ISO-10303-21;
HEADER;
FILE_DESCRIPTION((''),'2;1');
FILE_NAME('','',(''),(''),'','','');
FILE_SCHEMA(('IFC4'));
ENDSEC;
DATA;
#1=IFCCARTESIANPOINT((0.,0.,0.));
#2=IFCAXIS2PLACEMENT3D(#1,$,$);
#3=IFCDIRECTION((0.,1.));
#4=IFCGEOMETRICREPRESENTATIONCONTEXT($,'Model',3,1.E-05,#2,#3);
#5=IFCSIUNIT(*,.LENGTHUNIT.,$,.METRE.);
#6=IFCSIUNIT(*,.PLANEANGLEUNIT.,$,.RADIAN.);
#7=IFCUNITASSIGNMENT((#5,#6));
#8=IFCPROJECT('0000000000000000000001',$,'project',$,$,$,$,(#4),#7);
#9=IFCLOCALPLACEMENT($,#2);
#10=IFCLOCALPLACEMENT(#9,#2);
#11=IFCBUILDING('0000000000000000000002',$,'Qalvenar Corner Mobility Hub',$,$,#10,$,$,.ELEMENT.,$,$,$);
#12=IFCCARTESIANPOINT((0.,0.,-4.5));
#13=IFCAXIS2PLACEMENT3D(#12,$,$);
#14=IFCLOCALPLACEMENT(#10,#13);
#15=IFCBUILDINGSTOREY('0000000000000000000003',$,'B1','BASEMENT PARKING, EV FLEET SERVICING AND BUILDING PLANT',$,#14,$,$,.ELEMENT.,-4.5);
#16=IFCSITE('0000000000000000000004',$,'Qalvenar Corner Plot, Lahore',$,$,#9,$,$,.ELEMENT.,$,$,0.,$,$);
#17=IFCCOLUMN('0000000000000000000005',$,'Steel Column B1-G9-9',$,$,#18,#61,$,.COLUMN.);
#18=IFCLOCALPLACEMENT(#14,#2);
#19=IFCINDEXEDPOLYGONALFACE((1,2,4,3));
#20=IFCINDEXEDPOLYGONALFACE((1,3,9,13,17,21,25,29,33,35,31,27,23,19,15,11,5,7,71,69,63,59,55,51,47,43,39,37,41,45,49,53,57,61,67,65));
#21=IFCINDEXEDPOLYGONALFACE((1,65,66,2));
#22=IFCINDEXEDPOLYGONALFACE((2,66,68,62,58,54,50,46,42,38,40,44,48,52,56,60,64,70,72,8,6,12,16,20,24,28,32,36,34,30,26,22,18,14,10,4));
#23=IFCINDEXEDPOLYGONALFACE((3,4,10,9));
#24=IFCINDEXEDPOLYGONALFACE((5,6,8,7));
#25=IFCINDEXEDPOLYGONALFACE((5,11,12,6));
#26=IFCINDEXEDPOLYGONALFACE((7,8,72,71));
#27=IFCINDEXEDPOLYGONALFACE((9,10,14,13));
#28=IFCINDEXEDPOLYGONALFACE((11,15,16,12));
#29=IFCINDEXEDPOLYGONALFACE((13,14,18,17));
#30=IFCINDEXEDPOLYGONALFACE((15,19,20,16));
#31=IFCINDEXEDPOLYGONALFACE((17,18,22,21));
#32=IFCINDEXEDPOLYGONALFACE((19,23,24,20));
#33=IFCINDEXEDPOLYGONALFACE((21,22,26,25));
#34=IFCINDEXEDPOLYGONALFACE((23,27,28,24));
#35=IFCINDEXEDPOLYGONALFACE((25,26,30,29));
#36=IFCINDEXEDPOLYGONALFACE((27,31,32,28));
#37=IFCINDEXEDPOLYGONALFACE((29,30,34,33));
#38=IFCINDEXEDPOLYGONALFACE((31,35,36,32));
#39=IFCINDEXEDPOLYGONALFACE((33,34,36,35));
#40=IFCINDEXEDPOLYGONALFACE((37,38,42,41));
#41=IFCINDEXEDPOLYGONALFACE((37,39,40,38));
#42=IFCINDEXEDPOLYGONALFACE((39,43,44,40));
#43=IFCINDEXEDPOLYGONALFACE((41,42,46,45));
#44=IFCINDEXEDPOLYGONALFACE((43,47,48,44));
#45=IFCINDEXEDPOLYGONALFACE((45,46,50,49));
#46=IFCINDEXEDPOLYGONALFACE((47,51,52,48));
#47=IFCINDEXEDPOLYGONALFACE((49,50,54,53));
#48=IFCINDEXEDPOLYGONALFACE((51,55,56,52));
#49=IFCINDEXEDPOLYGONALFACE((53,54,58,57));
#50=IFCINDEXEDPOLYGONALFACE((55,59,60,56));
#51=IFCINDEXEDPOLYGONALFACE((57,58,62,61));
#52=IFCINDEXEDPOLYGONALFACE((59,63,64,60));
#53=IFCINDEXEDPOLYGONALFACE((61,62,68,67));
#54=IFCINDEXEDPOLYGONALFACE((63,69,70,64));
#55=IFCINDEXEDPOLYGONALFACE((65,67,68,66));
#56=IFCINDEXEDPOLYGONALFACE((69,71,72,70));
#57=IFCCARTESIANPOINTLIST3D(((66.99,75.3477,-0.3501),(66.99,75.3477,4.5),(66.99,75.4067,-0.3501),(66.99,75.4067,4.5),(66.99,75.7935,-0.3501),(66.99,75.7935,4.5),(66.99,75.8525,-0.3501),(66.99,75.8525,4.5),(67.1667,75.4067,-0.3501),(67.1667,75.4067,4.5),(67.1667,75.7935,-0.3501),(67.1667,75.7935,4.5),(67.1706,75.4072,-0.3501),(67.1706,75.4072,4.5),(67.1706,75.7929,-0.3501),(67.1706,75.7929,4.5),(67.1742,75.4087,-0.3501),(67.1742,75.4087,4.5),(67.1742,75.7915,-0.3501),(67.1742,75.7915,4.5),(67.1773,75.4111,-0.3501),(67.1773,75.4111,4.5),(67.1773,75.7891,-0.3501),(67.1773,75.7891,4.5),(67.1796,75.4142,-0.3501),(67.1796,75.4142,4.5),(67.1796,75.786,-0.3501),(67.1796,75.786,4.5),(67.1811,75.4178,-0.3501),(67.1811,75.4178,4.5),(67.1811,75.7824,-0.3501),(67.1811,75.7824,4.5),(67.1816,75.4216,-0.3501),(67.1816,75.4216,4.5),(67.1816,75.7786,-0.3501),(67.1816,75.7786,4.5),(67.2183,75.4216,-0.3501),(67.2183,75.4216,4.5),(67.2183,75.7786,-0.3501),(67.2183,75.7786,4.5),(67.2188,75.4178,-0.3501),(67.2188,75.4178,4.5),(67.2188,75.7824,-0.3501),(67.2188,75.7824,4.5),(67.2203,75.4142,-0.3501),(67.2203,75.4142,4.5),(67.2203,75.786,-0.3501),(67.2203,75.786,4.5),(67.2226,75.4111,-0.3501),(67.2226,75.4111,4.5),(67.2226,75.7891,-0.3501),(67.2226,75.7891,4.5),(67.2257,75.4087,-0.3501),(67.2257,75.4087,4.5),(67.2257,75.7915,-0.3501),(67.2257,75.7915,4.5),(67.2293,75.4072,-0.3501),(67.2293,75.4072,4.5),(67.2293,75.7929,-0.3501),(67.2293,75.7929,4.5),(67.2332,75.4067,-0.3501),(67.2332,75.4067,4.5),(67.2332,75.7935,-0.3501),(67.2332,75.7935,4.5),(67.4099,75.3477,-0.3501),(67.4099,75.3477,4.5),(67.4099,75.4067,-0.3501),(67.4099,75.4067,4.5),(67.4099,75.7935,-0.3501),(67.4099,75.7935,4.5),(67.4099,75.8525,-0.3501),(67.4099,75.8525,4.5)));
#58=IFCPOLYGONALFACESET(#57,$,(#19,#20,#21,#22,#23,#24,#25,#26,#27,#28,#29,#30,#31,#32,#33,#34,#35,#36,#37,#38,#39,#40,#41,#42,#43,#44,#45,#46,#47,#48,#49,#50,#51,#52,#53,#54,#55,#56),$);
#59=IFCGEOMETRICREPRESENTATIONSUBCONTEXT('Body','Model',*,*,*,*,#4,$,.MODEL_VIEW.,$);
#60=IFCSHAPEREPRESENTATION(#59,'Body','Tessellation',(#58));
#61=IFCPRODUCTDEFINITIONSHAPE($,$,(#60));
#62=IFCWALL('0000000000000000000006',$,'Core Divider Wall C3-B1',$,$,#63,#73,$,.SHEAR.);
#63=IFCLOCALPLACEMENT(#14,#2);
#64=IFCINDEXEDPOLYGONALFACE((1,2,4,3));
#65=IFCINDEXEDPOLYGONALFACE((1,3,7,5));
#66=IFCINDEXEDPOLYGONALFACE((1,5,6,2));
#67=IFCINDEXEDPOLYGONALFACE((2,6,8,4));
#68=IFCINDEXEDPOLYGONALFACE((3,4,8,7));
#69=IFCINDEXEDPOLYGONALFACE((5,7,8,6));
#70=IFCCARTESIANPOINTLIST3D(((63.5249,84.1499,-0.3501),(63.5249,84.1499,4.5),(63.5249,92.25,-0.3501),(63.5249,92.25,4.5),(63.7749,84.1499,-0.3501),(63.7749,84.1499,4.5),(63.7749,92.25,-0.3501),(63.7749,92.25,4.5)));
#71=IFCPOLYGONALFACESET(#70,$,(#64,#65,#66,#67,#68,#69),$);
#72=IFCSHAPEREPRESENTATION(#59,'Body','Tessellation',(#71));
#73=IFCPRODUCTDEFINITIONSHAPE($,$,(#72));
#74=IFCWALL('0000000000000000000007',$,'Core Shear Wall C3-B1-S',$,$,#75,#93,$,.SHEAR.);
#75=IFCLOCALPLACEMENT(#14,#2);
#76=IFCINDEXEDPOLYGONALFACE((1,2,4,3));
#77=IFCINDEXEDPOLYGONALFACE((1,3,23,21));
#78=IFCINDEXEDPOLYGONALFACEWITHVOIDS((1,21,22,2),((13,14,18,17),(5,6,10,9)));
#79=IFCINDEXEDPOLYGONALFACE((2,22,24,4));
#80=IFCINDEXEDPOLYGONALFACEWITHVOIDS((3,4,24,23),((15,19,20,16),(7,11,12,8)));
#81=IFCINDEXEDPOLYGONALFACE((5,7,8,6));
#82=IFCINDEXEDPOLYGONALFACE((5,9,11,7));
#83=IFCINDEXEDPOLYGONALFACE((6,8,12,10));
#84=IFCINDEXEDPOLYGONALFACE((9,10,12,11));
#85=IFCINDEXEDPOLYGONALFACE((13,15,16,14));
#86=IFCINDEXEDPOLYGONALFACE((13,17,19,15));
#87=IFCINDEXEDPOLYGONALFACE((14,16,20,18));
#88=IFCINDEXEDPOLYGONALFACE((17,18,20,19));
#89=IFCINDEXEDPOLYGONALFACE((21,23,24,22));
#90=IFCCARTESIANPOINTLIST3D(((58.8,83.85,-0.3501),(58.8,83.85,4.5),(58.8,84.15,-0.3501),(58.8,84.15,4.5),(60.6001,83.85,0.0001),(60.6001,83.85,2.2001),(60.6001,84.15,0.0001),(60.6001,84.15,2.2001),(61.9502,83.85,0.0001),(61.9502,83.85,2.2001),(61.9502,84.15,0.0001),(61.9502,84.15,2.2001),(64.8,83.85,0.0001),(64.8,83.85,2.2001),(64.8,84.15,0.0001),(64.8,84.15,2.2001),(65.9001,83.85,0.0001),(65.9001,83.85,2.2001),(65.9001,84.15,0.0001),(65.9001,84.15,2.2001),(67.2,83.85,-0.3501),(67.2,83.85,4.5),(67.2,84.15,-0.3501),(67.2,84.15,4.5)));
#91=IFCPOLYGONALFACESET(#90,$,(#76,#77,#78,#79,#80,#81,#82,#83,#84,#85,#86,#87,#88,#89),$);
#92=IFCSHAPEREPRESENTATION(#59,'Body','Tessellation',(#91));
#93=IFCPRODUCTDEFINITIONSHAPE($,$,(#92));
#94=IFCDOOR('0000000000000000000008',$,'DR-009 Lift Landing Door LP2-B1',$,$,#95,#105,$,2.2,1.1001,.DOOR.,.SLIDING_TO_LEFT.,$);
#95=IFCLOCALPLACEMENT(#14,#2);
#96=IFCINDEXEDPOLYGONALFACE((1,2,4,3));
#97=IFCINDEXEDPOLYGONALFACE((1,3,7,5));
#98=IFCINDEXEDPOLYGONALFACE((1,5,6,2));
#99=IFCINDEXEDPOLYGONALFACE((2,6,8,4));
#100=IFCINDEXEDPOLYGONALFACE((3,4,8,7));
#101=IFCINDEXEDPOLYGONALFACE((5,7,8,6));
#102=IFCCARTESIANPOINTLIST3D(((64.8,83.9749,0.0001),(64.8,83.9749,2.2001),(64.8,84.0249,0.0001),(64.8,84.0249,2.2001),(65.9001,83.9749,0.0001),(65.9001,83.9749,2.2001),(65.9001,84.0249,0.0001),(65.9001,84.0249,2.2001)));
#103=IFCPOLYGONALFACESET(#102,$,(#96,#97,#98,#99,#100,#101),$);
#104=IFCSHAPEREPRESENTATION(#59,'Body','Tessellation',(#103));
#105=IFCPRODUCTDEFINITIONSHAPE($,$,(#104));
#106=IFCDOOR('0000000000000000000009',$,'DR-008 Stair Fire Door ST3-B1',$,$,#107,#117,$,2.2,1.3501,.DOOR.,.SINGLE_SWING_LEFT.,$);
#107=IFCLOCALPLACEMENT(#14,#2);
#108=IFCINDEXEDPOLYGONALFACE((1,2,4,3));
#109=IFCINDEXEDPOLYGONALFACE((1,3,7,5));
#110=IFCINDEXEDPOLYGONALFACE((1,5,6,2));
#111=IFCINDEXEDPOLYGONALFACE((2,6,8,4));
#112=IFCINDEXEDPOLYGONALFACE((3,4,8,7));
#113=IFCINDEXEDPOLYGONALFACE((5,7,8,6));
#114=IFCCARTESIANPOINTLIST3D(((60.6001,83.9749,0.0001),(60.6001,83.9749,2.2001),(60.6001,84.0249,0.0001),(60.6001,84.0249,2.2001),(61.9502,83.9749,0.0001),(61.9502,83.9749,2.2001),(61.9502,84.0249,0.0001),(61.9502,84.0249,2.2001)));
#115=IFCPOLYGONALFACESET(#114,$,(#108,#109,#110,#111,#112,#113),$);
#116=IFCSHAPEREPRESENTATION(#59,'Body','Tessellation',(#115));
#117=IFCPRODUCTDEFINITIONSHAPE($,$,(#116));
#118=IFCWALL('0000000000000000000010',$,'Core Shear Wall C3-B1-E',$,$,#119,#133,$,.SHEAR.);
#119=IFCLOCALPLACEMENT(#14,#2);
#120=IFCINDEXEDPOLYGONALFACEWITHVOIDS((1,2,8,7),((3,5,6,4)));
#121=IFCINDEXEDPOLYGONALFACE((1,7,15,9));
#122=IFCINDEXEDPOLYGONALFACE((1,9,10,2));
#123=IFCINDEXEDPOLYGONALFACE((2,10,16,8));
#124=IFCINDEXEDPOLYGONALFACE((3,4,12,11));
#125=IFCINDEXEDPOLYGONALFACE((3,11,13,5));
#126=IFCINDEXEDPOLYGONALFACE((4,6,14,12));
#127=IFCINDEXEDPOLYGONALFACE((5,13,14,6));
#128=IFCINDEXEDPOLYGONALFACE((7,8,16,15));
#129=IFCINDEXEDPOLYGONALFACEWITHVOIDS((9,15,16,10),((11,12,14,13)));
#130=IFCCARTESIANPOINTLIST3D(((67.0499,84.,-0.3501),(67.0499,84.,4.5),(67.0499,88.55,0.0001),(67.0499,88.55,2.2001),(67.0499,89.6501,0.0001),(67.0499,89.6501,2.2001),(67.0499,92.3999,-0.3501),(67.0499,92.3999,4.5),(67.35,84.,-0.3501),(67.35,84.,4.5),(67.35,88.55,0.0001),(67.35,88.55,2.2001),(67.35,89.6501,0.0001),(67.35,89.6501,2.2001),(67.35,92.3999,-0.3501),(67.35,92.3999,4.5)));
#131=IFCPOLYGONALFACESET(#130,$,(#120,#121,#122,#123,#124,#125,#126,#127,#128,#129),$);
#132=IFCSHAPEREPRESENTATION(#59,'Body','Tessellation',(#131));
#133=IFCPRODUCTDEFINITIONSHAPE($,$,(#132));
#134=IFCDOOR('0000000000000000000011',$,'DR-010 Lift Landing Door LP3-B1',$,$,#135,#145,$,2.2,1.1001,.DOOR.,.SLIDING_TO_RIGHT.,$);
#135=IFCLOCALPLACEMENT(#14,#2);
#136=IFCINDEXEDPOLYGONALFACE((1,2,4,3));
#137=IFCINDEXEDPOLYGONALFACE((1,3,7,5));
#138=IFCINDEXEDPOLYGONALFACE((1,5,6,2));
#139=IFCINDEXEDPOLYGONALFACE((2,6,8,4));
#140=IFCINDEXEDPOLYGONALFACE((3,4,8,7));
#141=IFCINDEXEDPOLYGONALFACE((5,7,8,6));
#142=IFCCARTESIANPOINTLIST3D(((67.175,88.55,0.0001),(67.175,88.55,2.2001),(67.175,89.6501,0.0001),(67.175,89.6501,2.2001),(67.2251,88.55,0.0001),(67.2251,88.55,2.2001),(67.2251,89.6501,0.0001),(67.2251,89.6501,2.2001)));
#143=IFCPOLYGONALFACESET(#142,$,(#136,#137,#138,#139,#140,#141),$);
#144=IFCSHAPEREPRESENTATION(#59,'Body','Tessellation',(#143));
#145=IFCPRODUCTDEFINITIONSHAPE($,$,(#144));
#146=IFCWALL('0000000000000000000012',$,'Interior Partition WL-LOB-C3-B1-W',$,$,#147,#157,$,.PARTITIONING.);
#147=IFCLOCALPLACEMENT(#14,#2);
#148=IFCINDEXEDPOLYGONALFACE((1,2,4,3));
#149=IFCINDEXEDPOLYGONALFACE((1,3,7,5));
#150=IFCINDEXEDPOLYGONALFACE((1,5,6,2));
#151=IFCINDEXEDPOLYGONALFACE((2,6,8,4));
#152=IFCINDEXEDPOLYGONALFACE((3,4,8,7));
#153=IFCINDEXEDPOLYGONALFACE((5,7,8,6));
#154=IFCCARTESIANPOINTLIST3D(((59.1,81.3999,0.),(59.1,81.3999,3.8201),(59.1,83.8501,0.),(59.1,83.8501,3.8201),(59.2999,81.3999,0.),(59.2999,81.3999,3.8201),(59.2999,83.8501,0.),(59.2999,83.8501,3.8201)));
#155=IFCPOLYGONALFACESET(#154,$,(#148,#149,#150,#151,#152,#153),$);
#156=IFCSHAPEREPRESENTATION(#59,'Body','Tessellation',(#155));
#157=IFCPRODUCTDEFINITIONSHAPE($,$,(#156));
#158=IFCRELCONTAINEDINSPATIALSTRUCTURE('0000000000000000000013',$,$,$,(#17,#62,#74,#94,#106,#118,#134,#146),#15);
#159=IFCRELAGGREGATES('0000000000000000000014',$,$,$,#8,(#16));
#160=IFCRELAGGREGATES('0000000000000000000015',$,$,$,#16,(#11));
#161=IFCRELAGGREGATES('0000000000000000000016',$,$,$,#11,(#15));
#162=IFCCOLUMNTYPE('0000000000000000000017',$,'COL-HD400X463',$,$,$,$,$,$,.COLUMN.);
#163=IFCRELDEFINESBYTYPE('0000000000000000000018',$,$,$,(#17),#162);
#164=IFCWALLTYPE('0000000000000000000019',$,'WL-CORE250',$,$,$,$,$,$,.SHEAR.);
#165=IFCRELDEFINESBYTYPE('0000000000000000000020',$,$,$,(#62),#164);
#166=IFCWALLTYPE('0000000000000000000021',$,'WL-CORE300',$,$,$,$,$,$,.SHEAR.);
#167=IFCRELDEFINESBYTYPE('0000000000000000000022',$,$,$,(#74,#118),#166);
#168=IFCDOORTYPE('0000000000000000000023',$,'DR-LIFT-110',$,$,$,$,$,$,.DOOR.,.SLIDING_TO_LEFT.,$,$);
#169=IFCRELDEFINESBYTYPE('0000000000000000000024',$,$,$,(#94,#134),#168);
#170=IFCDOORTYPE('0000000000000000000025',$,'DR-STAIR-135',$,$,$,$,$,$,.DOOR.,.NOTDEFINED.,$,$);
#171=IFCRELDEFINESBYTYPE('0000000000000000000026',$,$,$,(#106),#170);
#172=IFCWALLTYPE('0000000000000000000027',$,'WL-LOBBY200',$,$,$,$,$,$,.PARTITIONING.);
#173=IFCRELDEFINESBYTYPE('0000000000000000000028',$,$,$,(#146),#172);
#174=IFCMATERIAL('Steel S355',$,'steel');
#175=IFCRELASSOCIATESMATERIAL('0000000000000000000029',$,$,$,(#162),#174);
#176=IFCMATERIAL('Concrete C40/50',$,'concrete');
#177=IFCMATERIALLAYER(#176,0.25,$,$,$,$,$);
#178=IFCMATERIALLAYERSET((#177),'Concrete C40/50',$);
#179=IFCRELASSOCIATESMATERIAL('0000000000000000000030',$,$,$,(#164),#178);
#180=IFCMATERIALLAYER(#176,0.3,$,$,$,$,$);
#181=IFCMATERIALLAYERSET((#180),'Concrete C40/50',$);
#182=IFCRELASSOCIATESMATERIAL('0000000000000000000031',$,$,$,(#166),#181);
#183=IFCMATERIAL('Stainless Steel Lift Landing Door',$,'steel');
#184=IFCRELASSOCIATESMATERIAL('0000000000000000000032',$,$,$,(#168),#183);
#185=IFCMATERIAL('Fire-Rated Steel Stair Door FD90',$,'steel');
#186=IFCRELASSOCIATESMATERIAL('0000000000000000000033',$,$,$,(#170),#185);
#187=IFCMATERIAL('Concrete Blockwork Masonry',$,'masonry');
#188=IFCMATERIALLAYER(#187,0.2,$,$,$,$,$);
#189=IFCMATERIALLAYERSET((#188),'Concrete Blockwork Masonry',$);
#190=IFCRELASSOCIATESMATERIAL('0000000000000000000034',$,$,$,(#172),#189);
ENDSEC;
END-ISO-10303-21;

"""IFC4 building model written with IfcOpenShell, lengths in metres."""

from ifc_helpers import new_model, si_unit, direction, frame, frame_2d, origin, origin_2d, place, context, subcontext, project, spatial, rectangle, i_section, extrude, material, layer, layer_set, material_profile, profile_set, type_object, element, fill, save


model = new_model("IFC4")

# Units and contexts
model_context = context("Model", 3, precision=1e-05, world=origin(), true_north=direction((0.0, 1.0)))
body_context = subcontext(model_context, "Body", "Model", "MODEL_VIEW")
ifc_project = project(units=[si_unit("LENGTHUNIT", "METRE"), si_unit("PLANEANGLEUNIT", "RADIAN")], contexts=[model_context])

# Site, building, storey
site_placement = place(None, origin())
site = spatial("IfcSite", under=ifc_project, at=site_placement, Name="Qalvenar Corner Plot, Lahore", CompositionType="ELEMENT", RefElevation=0.0)
building_placement = place(site_placement, origin())
building = spatial("IfcBuilding", under=site, at=building_placement, Name="Qalvenar Corner Mobility Hub", CompositionType="ELEMENT")
storey_placement = place(building_placement, frame((0.0, 0.0, -4.5)))
storey = spatial("IfcBuildingStorey", under=building, at=storey_placement, Name="B1", Description="BASEMENT PARKING, EV FLEET SERVICING AND BUILDING PLANT", CompositionType="ELEMENT", Elevation=-4.5)

# Shared definitions
ifc_material_1 = material(Name="Concrete C40/50", Category="concrete")

# Column
ifc_material_2 = material(Name="Steel S355", Category="steel")
ifc_material_profile_1 = material_profile(ifc_material_2, i_section(OverallWidth=0.4199, OverallDepth=0.5049, WebThickness=0.0366, FlangeThickness=0.0591, FilletRadius=0.0149, at=origin_2d()), Name="HD400x551")
ifc_profile_set_1 = profile_set([ifc_material_profile_1], Name="Steel S355")
column_type_1 = type_object("IfcColumnType", Name="COL-HD400X463", PredefinedType="COLUMN", material=ifc_profile_set_1)
column_1_placement = place(storey_placement, frame((67.2, 75.6001, -0.3501), z_axis=(0.0, 0.0, 1.0), x_axis=(1.0, 0.0, 0.0)))
element("IfcColumn", 1, at=column_1_placement, inside=storey, type_object=column_type_1, Name="Steel Column B1-G9-9", PredefinedType="COLUMN", context=body_context, shape_type="SweptSolid", body=[
    extrude(i_section(OverallWidth=0.4199, OverallDepth=0.5049, WebThickness=0.0366, FlangeThickness=0.0591, FilletRadius=0.0149, at=origin_2d()), origin(), (0.0, 0.0, 1.0), 4.8501),
])

# Wall
ifc_layer_1 = layer(ifc_material_1, 0.25)
ifc_layer_set_1 = layer_set([ifc_layer_1], Name="Concrete C40/50")
wall_type_1 = type_object("IfcWallType", Name="WL-CORE250", PredefinedType="SHEAR", material=ifc_layer_set_1)
wall_1_placement = place(storey_placement, frame((63.6499, 84.1499, -0.3501), z_axis=(0.0, 0.0, 1.0), x_axis=(0.0, 1.0, 0.0)))
element("IfcWall", 2, at=wall_1_placement, inside=storey, type_object=wall_type_1, Name="Core Divider Wall C3-B1", PredefinedType="SHEAR", context=body_context, shape_type="SweptSolid", body=[
    extrude(rectangle(XDim=8.1001, YDim=0.25, at=frame_2d((4.05, 0.0))), origin(), (0.0, 0.0, 1.0), 4.8501),
])

# Wall, openings, doors
ifc_layer_2 = layer(ifc_material_1, 0.3)
ifc_layer_set_2 = layer_set([ifc_layer_2], Name="Concrete C40/50")
wall_type_2 = type_object("IfcWallType", Name="WL-CORE300", PredefinedType="SHEAR", material=ifc_layer_set_2)
wall_2_placement = place(storey_placement, frame((58.8, 84.0, -0.3501), z_axis=(0.0, 0.0, 1.0), x_axis=(1.0, 0.0, 0.0)))
wall_2 = element("IfcWall", 3, at=wall_2_placement, inside=storey, type_object=wall_type_2, Name="Core Shear Wall C3-B1-S", PredefinedType="SHEAR", context=body_context, shape_type="SweptSolid", body=[
    extrude(rectangle(XDim=8.3999, YDim=0.3, at=frame_2d((4.2, 0.0))), origin(), (0.0, 0.0, 1.0), 4.8501),
])
opening_1_placement = place(wall_2_placement, frame((1.8, 0.0, 0.3501)))
opening_1 = element("IfcOpeningElement", 4, at=opening_1_placement, cuts=wall_2, PredefinedType="OPENING", context=body_context, shape_type="SweptSolid", body=[
    extrude(rectangle(XDim=1.3501, YDim=2.2, at=frame_2d((0.675, 1.1001))), frame((0.0, 0.1602, 0.0), z_axis=(0.0, -1.0, 0.0), x_axis=(1.0, 0.0, 0.0)), (0.0, 0.0, 1.0), 0.3201),
])
opening_2_placement = place(wall_2_placement, frame((6.0, 0.0, 0.3501)))
opening_2 = element("IfcOpeningElement", 5, at=opening_2_placement, cuts=wall_2, PredefinedType="OPENING", context=body_context, shape_type="SweptSolid", body=[
    extrude(rectangle(XDim=1.1001, YDim=2.2, at=frame_2d((0.55, 1.1001))), frame((0.0, 0.1602, 0.0), z_axis=(0.0, -1.0, 0.0), x_axis=(1.0, 0.0, 0.0)), (0.0, 0.0, 1.0), 0.3201),
])
ifc_material_3 = material(Name="Stainless Steel Lift Landing Door", Category="steel")
door_type_1 = type_object("IfcDoorType", Name="DR-LIFT-110", OperationType="SLIDING_TO_LEFT", PredefinedType="DOOR", material=ifc_material_3)
door_1_placement = place(opening_2_placement, origin())
door_1 = element("IfcDoor", 6, at=door_1_placement, inside=storey, type_object=door_type_1, Name="DR-009 Lift Landing Door LP2-B1", OperationType="SLIDING_TO_LEFT", OverallHeight=2.2, OverallWidth=1.1001, PredefinedType="DOOR", context=body_context, shape_type="SweptSolid", body=[
    extrude(rectangle(XDim=1.1001, YDim=2.2, at=frame_2d((0.55, 1.1001))), frame((0.0, 0.0249, 0.0), z_axis=(0.0, -1.0, 0.0), x_axis=(1.0, 0.0, 0.0)), (0.0, 0.0, 1.0), 0.05),
])
fill(opening_2, door_1)
ifc_material_4 = material(Name="Fire-Rated Steel Stair Door FD90", Category="steel")
door_type_2 = type_object("IfcDoorType", Name="DR-STAIR-135", OperationType="NOTDEFINED", PredefinedType="DOOR", material=ifc_material_4)
door_2_placement = place(opening_1_placement, origin())
door_2 = element("IfcDoor", 7, at=door_2_placement, inside=storey, type_object=door_type_2, Name="DR-008 Stair Fire Door ST3-B1", OperationType="SINGLE_SWING_LEFT", OverallHeight=2.2, OverallWidth=1.3501, PredefinedType="DOOR", context=body_context, shape_type="SweptSolid", body=[
    extrude(rectangle(XDim=1.3501, YDim=2.2, at=frame_2d((0.675, 1.1001))), frame((0.0, 0.0249, 0.0), z_axis=(0.0, -1.0, 0.0), x_axis=(1.0, 0.0, 0.0)), (0.0, 0.0, 1.0), 0.05),
])
fill(opening_1, door_2)

# Wall, opening, door
wall_3_placement = place(storey_placement, frame((67.2, 84.0, -0.3501), z_axis=(0.0, 0.0, 1.0), x_axis=(0.0, 1.0, 0.0)))
wall_3 = element("IfcWall", 8, at=wall_3_placement, inside=storey, type_object=wall_type_2, Name="Core Shear Wall C3-B1-E", PredefinedType="SHEAR", context=body_context, shape_type="SweptSolid", body=[
    extrude(rectangle(XDim=8.3999, YDim=0.3, at=frame_2d((4.2, 0.0))), origin(), (0.0, 0.0, 1.0), 4.8501),
])
opening_3_placement = place(wall_3_placement, frame((4.55, 0.0, 0.3501)))
opening_3 = element("IfcOpeningElement", 9, at=opening_3_placement, cuts=wall_3, PredefinedType="OPENING", context=body_context, shape_type="SweptSolid", body=[
    extrude(rectangle(XDim=1.1001, YDim=2.2, at=frame_2d((0.55, 1.1001))), frame((0.0, 0.1602, 0.0), z_axis=(0.0, -1.0, 0.0), x_axis=(1.0, 0.0, 0.0)), (0.0, 0.0, 1.0), 0.3201),
])
door_3_placement = place(opening_3_placement, origin())
door_3 = element("IfcDoor", 10, at=door_3_placement, inside=storey, type_object=door_type_1, Name="DR-010 Lift Landing Door LP3-B1", OperationType="SLIDING_TO_RIGHT", OverallHeight=2.2, OverallWidth=1.1001, PredefinedType="DOOR", context=body_context, shape_type="SweptSolid", body=[
    extrude(rectangle(XDim=1.1001, YDim=2.2, at=frame_2d((0.55, 1.1001))), frame((0.0, 0.0249, 0.0), z_axis=(0.0, -1.0, 0.0), x_axis=(1.0, 0.0, 0.0)), (0.0, 0.0, 1.0), 0.05),
])
fill(opening_3, door_3)

# Wall
ifc_material_5 = material(Name="Concrete Blockwork Masonry", Category="masonry")
ifc_layer_3 = layer(ifc_material_5, 0.2)
ifc_layer_set_3 = layer_set([ifc_layer_3], Name="Concrete Blockwork Masonry")
wall_type_3 = type_object("IfcWallType", Name="WL-LOBBY200", PredefinedType="PARTITIONING", material=ifc_layer_set_3)
wall_4_placement = place(storey_placement, frame((59.2, 81.3999, 0.0), z_axis=(0.0, 0.0, 1.0), x_axis=(0.0, 1.0, 0.0)))
element("IfcWall", 11, at=wall_4_placement, inside=storey, type_object=wall_type_3, Name="Interior Partition WL-LOB-C3-B1-W", PredefinedType="PARTITIONING", context=body_context, shape_type="SweptSolid", body=[
    extrude(rectangle(XDim=2.4502, YDim=0.2, at=frame_2d((1.2251, 0.0))), origin(), (0.0, 0.0, 1.0), 3.8201),
])

save(model, "model.ifc")
